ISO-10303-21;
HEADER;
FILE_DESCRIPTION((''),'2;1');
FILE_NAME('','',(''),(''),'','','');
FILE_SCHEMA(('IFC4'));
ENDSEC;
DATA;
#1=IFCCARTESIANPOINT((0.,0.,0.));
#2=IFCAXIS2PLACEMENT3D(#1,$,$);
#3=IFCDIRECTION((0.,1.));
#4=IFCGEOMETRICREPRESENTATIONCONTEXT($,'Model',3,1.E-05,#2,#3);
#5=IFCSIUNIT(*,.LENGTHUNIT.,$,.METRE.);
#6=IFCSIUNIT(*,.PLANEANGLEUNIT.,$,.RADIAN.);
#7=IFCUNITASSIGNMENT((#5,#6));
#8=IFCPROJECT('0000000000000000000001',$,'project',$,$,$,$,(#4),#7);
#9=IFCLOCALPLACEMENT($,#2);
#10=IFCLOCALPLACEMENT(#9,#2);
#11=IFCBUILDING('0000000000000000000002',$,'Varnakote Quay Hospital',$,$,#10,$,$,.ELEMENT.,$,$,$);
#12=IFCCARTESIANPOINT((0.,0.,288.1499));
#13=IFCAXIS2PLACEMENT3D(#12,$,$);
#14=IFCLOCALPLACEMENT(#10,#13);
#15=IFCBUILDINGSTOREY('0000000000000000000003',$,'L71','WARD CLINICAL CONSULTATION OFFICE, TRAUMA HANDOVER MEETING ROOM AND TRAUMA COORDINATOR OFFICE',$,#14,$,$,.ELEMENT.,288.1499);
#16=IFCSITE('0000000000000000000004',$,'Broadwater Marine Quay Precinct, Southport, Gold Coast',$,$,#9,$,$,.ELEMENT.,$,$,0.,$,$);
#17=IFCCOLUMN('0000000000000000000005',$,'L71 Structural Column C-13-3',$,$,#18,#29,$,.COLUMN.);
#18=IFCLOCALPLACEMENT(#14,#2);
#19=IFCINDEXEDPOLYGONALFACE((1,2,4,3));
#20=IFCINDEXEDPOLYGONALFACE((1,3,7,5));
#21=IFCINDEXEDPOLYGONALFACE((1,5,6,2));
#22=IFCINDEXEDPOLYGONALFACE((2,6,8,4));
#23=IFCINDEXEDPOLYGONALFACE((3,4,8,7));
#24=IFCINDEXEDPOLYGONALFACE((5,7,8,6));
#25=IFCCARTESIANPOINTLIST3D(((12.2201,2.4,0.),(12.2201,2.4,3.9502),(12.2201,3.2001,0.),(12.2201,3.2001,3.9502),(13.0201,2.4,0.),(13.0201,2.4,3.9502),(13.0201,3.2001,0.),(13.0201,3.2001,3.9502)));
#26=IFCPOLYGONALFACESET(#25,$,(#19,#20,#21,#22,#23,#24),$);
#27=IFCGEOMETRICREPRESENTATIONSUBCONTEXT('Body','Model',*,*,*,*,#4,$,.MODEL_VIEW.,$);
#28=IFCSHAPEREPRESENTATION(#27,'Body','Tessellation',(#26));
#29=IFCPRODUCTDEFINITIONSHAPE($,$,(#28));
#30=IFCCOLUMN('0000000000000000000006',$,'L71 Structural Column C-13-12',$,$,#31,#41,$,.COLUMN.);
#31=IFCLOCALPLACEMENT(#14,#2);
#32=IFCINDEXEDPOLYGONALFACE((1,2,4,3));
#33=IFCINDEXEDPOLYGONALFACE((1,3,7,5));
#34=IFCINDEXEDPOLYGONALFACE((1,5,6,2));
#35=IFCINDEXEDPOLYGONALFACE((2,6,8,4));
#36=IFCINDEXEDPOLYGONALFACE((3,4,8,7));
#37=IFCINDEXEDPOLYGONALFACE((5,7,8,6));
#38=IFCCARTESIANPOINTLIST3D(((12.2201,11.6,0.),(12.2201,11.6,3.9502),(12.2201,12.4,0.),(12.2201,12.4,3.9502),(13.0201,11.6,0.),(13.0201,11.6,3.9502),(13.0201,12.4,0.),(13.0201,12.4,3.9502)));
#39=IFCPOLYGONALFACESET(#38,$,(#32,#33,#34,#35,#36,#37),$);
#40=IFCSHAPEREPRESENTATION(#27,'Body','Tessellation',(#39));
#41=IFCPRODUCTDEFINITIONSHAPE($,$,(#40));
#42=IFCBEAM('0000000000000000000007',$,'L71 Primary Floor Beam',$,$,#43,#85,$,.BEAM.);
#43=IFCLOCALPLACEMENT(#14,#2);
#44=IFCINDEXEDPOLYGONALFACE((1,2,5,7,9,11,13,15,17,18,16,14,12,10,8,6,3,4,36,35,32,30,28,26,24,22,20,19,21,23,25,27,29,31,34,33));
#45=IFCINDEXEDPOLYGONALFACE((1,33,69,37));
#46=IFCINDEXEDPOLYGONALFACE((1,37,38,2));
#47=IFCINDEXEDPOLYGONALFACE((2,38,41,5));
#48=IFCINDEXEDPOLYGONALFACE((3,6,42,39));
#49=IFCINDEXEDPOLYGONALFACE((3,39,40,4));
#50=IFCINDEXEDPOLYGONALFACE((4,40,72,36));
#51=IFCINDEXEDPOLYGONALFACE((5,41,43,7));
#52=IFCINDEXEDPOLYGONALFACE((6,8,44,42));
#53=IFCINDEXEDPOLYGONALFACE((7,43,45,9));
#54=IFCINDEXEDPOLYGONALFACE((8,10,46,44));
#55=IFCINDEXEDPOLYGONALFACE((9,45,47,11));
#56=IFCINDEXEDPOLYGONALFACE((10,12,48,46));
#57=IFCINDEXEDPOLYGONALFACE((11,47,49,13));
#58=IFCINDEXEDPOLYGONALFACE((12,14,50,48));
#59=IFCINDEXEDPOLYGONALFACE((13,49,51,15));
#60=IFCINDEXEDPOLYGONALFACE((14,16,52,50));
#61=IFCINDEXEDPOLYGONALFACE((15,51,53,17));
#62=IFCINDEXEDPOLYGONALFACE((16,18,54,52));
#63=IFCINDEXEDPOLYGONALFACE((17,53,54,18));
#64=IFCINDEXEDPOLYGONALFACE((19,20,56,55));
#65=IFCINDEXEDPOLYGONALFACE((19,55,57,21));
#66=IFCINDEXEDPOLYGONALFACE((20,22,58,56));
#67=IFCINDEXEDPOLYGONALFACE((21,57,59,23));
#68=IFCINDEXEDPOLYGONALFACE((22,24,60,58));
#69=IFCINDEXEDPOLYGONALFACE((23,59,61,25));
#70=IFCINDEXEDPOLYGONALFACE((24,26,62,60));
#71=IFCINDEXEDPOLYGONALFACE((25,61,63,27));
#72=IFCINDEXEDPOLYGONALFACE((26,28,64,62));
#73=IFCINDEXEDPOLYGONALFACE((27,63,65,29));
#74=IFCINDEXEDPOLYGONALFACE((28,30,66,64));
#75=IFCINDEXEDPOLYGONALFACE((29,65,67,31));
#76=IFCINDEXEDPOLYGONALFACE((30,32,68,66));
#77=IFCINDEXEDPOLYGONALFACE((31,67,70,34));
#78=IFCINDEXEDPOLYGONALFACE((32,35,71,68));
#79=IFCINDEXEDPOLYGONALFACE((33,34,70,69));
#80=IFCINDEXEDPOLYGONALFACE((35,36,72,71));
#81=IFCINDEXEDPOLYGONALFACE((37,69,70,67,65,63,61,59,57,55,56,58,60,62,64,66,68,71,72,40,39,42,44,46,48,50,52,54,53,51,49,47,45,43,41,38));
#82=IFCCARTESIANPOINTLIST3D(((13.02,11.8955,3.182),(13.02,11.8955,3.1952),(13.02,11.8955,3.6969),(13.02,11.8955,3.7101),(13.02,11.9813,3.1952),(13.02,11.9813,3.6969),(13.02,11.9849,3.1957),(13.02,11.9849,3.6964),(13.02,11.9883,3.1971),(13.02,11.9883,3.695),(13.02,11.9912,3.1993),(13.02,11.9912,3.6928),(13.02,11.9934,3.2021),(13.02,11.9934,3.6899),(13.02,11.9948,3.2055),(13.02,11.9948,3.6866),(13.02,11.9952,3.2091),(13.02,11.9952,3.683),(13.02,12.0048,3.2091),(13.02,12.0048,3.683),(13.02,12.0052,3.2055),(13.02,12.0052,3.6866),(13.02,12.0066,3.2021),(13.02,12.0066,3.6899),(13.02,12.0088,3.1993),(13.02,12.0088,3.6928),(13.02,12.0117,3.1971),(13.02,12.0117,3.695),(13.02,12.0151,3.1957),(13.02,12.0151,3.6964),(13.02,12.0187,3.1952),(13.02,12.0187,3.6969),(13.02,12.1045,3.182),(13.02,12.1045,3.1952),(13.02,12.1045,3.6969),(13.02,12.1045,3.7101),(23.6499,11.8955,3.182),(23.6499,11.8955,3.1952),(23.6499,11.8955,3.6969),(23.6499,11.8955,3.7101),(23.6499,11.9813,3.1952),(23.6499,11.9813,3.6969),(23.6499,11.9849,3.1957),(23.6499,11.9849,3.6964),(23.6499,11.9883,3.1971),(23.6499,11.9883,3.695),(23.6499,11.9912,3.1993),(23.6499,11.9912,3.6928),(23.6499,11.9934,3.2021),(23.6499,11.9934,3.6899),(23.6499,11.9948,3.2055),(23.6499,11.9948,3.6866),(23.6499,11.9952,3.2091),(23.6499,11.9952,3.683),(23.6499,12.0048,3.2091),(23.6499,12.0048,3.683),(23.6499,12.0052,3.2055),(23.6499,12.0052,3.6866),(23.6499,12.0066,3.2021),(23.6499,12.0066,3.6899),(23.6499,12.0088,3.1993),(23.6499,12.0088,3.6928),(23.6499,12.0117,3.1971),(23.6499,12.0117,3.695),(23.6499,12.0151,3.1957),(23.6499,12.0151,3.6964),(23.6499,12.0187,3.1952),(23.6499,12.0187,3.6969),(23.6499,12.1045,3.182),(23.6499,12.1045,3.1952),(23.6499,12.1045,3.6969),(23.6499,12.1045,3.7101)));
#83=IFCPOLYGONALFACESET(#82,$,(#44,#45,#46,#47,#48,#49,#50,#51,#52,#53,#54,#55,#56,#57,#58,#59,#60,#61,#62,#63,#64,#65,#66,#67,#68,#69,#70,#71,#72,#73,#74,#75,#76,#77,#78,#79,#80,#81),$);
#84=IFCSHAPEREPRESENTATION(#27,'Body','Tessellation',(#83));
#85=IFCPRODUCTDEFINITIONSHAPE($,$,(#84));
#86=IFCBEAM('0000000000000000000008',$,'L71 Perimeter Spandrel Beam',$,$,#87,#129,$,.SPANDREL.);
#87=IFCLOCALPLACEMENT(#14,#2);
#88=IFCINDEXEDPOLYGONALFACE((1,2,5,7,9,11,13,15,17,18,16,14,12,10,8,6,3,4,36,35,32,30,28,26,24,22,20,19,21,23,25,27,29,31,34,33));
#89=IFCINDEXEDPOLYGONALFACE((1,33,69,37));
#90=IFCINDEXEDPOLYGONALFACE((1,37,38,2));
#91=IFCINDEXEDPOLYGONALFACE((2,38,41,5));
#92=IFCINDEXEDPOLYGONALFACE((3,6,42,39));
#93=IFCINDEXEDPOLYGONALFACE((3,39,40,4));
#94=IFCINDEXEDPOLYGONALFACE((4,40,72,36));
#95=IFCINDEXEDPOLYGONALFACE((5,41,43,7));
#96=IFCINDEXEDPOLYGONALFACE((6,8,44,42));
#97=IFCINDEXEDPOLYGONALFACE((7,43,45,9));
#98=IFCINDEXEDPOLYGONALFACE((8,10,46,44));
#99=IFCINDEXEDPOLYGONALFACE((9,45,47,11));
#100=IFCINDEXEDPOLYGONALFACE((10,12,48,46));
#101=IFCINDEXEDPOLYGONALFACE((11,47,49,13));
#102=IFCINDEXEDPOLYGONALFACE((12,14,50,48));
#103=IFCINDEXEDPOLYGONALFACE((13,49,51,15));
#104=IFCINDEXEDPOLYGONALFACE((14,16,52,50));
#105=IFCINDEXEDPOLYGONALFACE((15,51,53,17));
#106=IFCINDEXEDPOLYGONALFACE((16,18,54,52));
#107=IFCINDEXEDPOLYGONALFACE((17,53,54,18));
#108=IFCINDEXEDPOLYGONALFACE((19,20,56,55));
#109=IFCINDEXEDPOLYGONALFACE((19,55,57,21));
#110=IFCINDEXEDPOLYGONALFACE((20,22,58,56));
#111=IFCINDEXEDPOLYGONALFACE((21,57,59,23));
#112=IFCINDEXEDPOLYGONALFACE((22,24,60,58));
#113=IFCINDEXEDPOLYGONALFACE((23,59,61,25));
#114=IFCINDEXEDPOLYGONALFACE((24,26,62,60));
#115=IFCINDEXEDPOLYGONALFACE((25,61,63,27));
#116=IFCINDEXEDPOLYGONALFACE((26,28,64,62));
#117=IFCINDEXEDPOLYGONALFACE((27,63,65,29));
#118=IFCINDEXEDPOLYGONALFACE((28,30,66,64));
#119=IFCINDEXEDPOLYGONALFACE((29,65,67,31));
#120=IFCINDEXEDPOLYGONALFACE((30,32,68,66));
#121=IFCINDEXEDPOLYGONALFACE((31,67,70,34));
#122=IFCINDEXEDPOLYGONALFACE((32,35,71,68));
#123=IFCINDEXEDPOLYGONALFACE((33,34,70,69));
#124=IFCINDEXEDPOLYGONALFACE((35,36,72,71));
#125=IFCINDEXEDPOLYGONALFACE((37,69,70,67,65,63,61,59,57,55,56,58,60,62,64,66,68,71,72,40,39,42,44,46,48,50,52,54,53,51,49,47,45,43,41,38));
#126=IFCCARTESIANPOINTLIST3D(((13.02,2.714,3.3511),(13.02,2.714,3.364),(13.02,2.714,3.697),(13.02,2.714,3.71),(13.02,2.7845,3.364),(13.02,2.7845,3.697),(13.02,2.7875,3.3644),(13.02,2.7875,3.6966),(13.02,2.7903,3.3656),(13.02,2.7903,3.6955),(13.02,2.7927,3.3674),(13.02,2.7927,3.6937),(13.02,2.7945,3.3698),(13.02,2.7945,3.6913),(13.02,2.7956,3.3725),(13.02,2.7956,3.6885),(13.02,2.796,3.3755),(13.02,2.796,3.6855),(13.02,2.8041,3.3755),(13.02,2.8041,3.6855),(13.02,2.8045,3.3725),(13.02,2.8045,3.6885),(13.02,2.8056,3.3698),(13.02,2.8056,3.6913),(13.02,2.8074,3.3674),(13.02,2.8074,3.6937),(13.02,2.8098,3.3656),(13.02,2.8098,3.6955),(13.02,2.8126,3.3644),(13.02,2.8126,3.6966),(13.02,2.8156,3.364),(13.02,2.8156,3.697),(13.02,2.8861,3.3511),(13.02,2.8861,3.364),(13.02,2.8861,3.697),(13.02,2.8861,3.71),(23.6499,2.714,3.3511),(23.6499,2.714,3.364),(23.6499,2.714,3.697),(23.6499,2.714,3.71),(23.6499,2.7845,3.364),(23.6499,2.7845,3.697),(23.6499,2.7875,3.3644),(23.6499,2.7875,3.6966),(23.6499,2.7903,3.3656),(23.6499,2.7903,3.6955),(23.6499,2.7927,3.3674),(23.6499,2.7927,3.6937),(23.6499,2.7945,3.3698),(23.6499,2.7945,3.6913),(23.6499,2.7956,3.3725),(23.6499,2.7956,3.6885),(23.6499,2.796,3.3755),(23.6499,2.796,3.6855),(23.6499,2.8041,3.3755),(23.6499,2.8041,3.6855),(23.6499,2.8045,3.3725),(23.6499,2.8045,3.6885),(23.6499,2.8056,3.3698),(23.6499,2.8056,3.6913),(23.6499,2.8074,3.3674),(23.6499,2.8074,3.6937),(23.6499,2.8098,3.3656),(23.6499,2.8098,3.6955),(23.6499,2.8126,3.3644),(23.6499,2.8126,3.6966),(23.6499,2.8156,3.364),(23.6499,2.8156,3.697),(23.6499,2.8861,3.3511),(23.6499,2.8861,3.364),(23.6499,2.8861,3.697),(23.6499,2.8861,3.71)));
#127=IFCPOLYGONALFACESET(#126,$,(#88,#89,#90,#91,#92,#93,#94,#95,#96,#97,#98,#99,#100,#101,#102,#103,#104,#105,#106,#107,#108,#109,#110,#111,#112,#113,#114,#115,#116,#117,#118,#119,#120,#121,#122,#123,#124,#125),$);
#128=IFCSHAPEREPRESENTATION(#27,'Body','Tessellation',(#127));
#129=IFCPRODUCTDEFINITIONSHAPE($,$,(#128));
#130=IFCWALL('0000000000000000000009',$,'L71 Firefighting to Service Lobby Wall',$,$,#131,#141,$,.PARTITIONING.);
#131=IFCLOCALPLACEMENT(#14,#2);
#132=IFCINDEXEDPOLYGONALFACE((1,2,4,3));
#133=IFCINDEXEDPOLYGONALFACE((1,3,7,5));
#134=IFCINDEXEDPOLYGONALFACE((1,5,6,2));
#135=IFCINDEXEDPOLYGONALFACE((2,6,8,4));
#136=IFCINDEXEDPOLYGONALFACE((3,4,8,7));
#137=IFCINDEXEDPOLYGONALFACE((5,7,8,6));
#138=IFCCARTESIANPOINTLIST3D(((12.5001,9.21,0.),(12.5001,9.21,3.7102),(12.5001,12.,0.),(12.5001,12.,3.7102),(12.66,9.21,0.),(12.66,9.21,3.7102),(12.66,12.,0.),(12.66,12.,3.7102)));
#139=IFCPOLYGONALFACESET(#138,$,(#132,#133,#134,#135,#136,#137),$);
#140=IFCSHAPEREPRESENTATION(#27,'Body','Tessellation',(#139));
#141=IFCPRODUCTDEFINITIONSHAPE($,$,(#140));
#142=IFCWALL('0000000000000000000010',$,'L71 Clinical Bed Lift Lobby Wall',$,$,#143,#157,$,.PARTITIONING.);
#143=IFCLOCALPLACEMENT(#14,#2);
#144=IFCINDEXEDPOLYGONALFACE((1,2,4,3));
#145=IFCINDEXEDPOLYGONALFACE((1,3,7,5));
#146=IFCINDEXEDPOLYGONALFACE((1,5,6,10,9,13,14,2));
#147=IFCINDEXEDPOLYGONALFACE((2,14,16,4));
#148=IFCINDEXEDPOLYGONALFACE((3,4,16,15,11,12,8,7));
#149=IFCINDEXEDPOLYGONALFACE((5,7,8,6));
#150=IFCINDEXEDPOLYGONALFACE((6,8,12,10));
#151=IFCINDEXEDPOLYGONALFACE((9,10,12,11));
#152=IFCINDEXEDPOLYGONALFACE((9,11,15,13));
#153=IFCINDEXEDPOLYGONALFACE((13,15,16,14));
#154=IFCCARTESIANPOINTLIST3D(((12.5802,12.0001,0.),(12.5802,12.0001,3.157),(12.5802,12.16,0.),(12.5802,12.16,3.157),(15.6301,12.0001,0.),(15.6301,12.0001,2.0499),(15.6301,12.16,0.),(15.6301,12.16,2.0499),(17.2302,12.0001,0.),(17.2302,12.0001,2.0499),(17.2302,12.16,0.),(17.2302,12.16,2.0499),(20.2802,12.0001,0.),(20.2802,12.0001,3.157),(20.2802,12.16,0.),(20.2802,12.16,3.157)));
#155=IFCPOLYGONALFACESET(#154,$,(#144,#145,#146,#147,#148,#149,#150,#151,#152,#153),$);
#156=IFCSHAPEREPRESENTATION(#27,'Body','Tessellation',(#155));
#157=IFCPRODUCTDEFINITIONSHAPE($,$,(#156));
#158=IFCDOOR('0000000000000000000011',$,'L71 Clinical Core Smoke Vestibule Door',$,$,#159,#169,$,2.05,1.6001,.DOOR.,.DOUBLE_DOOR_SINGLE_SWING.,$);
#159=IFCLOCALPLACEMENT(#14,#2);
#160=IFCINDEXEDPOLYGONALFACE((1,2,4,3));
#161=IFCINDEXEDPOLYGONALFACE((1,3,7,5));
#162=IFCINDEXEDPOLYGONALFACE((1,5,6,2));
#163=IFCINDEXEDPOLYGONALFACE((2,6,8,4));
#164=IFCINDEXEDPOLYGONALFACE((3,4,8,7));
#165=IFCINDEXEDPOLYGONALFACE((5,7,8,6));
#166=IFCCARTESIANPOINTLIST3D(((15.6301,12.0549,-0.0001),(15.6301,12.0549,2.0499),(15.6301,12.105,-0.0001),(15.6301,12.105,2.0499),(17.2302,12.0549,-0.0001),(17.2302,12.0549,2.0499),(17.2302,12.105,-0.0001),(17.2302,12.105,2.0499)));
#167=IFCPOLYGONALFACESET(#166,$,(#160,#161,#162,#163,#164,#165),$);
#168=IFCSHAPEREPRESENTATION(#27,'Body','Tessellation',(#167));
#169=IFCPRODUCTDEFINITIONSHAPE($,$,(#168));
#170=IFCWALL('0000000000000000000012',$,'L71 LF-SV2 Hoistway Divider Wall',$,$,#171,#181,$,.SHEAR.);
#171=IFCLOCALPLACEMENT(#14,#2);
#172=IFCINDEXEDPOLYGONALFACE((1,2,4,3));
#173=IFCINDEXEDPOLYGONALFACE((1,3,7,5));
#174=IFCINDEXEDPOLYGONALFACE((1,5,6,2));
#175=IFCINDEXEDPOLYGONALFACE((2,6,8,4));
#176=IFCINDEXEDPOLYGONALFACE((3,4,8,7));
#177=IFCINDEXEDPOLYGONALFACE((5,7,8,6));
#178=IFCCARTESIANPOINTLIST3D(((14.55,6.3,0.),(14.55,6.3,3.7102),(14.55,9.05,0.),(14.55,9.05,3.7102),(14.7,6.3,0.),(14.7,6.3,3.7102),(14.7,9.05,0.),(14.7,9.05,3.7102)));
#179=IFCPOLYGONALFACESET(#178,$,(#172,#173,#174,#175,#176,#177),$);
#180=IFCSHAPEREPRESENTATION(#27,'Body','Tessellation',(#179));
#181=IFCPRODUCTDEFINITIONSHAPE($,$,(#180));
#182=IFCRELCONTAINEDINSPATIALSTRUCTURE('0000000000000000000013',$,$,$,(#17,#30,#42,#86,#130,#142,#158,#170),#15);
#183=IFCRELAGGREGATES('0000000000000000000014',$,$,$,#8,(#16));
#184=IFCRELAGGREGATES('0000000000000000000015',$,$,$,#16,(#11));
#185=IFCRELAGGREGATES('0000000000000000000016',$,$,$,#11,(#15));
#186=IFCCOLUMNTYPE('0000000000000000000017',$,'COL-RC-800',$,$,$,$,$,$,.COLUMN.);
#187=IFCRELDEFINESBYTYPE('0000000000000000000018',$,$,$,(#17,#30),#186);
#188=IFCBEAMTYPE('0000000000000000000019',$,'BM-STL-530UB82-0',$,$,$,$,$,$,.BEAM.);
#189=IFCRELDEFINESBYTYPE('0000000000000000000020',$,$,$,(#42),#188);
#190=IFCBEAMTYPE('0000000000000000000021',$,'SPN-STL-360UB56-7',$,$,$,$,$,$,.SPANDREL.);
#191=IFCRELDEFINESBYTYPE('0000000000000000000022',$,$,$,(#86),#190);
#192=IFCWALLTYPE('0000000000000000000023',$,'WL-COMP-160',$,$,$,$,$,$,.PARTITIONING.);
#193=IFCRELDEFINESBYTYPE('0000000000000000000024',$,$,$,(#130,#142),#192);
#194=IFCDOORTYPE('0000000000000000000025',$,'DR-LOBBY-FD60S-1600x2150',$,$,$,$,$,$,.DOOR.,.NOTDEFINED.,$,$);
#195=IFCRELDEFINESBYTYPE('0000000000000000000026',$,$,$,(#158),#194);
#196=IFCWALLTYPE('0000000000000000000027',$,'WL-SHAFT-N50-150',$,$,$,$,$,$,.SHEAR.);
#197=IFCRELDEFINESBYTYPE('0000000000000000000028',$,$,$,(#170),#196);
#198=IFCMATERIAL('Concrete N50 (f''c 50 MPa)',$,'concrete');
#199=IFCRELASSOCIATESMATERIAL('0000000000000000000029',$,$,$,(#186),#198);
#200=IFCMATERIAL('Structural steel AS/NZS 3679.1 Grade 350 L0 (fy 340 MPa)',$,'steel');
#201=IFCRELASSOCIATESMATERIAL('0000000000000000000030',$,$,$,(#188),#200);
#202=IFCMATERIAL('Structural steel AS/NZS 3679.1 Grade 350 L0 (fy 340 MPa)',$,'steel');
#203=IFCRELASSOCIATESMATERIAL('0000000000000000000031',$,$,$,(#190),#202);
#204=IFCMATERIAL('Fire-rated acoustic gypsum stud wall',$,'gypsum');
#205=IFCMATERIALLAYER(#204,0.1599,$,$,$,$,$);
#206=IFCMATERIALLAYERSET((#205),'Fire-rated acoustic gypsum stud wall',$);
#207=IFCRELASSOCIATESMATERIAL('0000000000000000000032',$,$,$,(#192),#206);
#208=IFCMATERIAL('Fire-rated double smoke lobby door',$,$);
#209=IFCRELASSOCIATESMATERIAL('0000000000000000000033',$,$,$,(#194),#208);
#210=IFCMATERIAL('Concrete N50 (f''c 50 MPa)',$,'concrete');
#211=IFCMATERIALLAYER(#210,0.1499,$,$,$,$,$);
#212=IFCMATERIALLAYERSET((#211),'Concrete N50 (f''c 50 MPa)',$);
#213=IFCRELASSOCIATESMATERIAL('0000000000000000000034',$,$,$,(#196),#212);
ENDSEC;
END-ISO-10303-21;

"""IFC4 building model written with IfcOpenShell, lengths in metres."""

from ifc_helpers import new_model, si_unit, direction, frame, frame_2d, origin, origin_2d, place, context, subcontext, project, spatial, rectangle, i_section, extrude, material, layer, layer_set, material_profile, profile_set, type_object, element, fill, save


model = new_model("IFC4")

# Units and contexts
model_context = context("Model", 3, precision=1e-05, world=origin(), true_north=direction((0.0, 1.0)))
body_context = subcontext(model_context, "Body", "Model", "MODEL_VIEW")
ifc_project = project(units=[si_unit("LENGTHUNIT", "METRE"), si_unit("PLANEANGLEUNIT", "RADIAN")], contexts=[model_context])

# Site, building, storey
site_placement = place(None, origin())
site = spatial("IfcSite", under=ifc_project, at=site_placement, Name="Broadwater Marine Quay Precinct, Southport, Gold Coast", CompositionType="ELEMENT", RefElevation=0.0)
building_placement = place(site_placement, origin())
building = spatial("IfcBuilding", under=site, at=building_placement, Name="Varnakote Quay Hospital", CompositionType="ELEMENT")
storey_placement = place(building_placement, frame((0.0, 0.0, 288.1499)))
storey = spatial("IfcBuildingStorey", under=building, at=storey_placement, Name="L71", Description="WARD CLINICAL CONSULTATION OFFICE, TRAUMA HANDOVER MEETING ROOM AND TRAUMA COORDINATOR OFFICE", CompositionType="ELEMENT", Elevation=288.1499)

# Columns
ifc_material_1 = material(Name="Concrete N50 (f'c 50 MPa)", Category="concrete")
ifc_material_profile_1 = material_profile(ifc_material_1, rectangle(XDim=0.8, YDim=0.8, at=origin_2d()), Name="RC-COL-800x800")
ifc_profile_set_1 = profile_set([ifc_material_profile_1], Name="Concrete N50 (f'c 50 MPa)")
column_type = type_object("IfcColumnType", Name="COL-RC-800", PredefinedType="COLUMN", material=ifc_profile_set_1)
for number, where, z_axis, x_axis, name in (
    (1, (12.6201, 2.8, 0.0), (0.0, 0.0, 1.0), (1.0, 0.0, 0.0), "L71 Structural Column C-13-3"),
    (2, (12.6201, 12.0, 0.0), (0.0, 0.0, 1.0), (1.0, 0.0, 0.0), "L71 Structural Column C-13-12"),
):
    element("IfcColumn", number, at=place(storey_placement, frame(where, z_axis=z_axis, x_axis=x_axis)), inside=storey, type_object=column_type, Name=name, PredefinedType="COLUMN", context=body_context, shape_type="SweptSolid", body=[
        extrude(rectangle(XDim=0.8, YDim=0.8, at=origin_2d()), origin(), (0.0, 0.0, 1.0), 3.9502),
    ])

# Beams
ifc_material_2 = material(Name="Structural steel AS/NZS 3679.1 Grade 350 L0 (fy 340 MPa)", Category="steel")
ifc_material_profile_2 = material_profile(ifc_material_2, i_section(OverallWidth=0.209, OverallDepth=0.5281, WebThickness=0.0095, FlangeThickness=0.0132, FilletRadius=0.0139, at=origin_2d()), Name="530UB82.0")
ifc_profile_set_2 = profile_set([ifc_material_profile_2], Name="Structural steel AS/NZS 3679.1 Grade 350 L0 (fy 340 MPa)")
beam_type_1 = type_object("IfcBeamType", Name="BM-STL-530UB82-0", PredefinedType="BEAM", material=ifc_profile_set_2)
beam_1_placement = place(storey_placement, frame((13.02, 12.0, 3.446), z_axis=(1.0, 0.0, 0.0), x_axis=(0.0, 1.0, 0.0)))
element("IfcBeam", 3, at=beam_1_placement, inside=storey, type_object=beam_type_1, Name="L71 Primary Floor Beam", PredefinedType="BEAM", context=body_context, shape_type="SweptSolid", body=[
    extrude(i_section(OverallWidth=0.209, OverallDepth=0.5281, WebThickness=0.0095, FlangeThickness=0.0132, FilletRadius=0.0139, at=origin_2d()), origin(), (0.0, 0.0, 1.0), 10.6299),
])
ifc_material_3 = material(Name="Structural steel AS/NZS 3679.1 Grade 350 L0 (fy 340 MPa)", Category="steel")
ifc_material_profile_3 = material_profile(ifc_material_3, i_section(OverallWidth=0.1721, OverallDepth=0.3589, WebThickness=0.0081, FlangeThickness=0.0129, FilletRadius=0.0115, at=origin_2d()), Name="360UB56.7")
ifc_profile_set_3 = profile_set([ifc_material_profile_3], Name="Structural steel AS/NZS 3679.1 Grade 350 L0 (fy 340 MPa)")
beam_type_2 = type_object("IfcBeamType", Name="SPN-STL-360UB56-7", PredefinedType="SPANDREL", material=ifc_profile_set_3)
beam_2_placement = place(storey_placement, frame((13.02, 2.8, 3.5305), z_axis=(1.0, 0.0, 0.0), x_axis=(0.0, 1.0, 0.0)))
element("IfcBeam", 4, at=beam_2_placement, inside=storey, type_object=beam_type_2, Name="L71 Perimeter Spandrel Beam", PredefinedType="SPANDREL", context=body_context, shape_type="SweptSolid", body=[
    extrude(i_section(OverallWidth=0.1721, OverallDepth=0.3589, WebThickness=0.0081, FlangeThickness=0.0129, FilletRadius=0.0115, at=origin_2d()), origin(), (0.0, 0.0, 1.0), 10.6299),
])

# Wall
ifc_material_4 = material(Name="Fire-rated acoustic gypsum stud wall", Category="gypsum")
ifc_layer_1 = layer(ifc_material_4, 0.1599)
ifc_layer_set_1 = layer_set([ifc_layer_1], Name="Fire-rated acoustic gypsum stud wall")
wall_type_1 = type_object("IfcWallType", Name="WL-COMP-160", PredefinedType="PARTITIONING", material=ifc_layer_set_1)
wall_1_placement = place(storey_placement, frame((12.5801, 9.21, 0.0), z_axis=(0.0, 0.0, 1.0), x_axis=(0.0, 1.0, 0.0)))
element("IfcWall", 5, at=wall_1_placement, inside=storey, type_object=wall_type_1, Name="L71 Firefighting to Service Lobby Wall", PredefinedType="PARTITIONING", context=body_context, shape_type="SweptSolid", body=[
    extrude(rectangle(XDim=2.79, YDim=0.1599, at=frame_2d((1.395, 0.0))), origin(), (0.0, 0.0, 1.0), 3.7102),
])

# Wall, opening, door
wall_2_placement = place(storey_placement, frame((12.5801, 12.0801, 0.0), z_axis=(0.0, 0.0, 1.0), x_axis=(1.0, 0.0, 0.0)))
wall_2 = element("IfcWall", 6, at=wall_2_placement, inside=storey, type_object=wall_type_1, Name="L71 Clinical Bed Lift Lobby Wall", PredefinedType="PARTITIONING", context=body_context, shape_type="SweptSolid", body=[
    extrude(rectangle(XDim=7.7, YDim=0.1599, at=frame_2d((3.8501, 0.0))), origin(), (0.0, 0.0, 1.0), 3.157),
])
opening_1_placement = place(wall_2_placement, frame((3.05, 0.0, 0.0)))
opening_1 = element("IfcOpeningElement", 7, at=opening_1_placement, cuts=wall_2, PredefinedType="OPENING", context=body_context, shape_type="SweptSolid", body=[
    extrude(rectangle(XDim=1.6001, YDim=2.05, at=frame_2d((0.8, 1.0249))), frame((0.0, 0.0898, 0.0), z_axis=(0.0, -1.0, 0.0), x_axis=(1.0, 0.0, 0.0)), (0.0, 0.0, 1.0), 0.1799),
])
ifc_material_5 = material(Name="Fire-rated double smoke lobby door")
door_type_1 = type_object("IfcDoorType", Name="DR-LOBBY-FD60S-1600x2150", OperationType="NOTDEFINED", PredefinedType="DOOR", material=ifc_material_5)
door_1_placement = place(opening_1_placement, origin())
door_1 = element("IfcDoor", 8, at=door_1_placement, inside=storey, type_object=door_type_1, Name="L71 Clinical Core Smoke Vestibule Door", OperationType="DOUBLE_DOOR_SINGLE_SWING", OverallHeight=2.05, OverallWidth=1.6001, PredefinedType="DOOR", context=body_context, shape_type="SweptSolid", body=[
    extrude(rectangle(XDim=1.6001, YDim=2.05, at=frame_2d((0.8, 1.0249))), frame((0.0, 0.0249, 0.0), z_axis=(0.0, -1.0, 0.0), x_axis=(1.0, 0.0, 0.0)), (0.0, 0.0, 1.0), 0.05),
])
fill(opening_1, door_1)

# Wall
ifc_material_6 = material(Name="Concrete N50 (f'c 50 MPa)", Category="concrete")
ifc_layer_2 = layer(ifc_material_6, 0.1499)
ifc_layer_set_2 = layer_set([ifc_layer_2], Name="Concrete N50 (f'c 50 MPa)")
wall_type_2 = type_object("IfcWallType", Name="WL-SHAFT-N50-150", PredefinedType="SHEAR", material=ifc_layer_set_2)
for number, where, z_axis, x_axis, name in (
    (9, (14.625, 6.3, 0.0), (0.0, 0.0, 1.0), (0.0, 1.0, 0.0), "L71 LF-SV2 Hoistway Divider Wall"),
):
    element("IfcWall", number, at=place(storey_placement, frame(where, z_axis=z_axis, x_axis=x_axis)), inside=storey, type_object=wall_type_2, Name=name, PredefinedType="SHEAR", context=body_context, shape_type="SweptSolid", body=[
        extrude(rectangle(XDim=2.75, YDim=0.1499, at=frame_2d((1.375, 0.0))), origin(), (0.0, 0.0, 1.0), 3.7102),
    ])

save(model, "model.ifc")
